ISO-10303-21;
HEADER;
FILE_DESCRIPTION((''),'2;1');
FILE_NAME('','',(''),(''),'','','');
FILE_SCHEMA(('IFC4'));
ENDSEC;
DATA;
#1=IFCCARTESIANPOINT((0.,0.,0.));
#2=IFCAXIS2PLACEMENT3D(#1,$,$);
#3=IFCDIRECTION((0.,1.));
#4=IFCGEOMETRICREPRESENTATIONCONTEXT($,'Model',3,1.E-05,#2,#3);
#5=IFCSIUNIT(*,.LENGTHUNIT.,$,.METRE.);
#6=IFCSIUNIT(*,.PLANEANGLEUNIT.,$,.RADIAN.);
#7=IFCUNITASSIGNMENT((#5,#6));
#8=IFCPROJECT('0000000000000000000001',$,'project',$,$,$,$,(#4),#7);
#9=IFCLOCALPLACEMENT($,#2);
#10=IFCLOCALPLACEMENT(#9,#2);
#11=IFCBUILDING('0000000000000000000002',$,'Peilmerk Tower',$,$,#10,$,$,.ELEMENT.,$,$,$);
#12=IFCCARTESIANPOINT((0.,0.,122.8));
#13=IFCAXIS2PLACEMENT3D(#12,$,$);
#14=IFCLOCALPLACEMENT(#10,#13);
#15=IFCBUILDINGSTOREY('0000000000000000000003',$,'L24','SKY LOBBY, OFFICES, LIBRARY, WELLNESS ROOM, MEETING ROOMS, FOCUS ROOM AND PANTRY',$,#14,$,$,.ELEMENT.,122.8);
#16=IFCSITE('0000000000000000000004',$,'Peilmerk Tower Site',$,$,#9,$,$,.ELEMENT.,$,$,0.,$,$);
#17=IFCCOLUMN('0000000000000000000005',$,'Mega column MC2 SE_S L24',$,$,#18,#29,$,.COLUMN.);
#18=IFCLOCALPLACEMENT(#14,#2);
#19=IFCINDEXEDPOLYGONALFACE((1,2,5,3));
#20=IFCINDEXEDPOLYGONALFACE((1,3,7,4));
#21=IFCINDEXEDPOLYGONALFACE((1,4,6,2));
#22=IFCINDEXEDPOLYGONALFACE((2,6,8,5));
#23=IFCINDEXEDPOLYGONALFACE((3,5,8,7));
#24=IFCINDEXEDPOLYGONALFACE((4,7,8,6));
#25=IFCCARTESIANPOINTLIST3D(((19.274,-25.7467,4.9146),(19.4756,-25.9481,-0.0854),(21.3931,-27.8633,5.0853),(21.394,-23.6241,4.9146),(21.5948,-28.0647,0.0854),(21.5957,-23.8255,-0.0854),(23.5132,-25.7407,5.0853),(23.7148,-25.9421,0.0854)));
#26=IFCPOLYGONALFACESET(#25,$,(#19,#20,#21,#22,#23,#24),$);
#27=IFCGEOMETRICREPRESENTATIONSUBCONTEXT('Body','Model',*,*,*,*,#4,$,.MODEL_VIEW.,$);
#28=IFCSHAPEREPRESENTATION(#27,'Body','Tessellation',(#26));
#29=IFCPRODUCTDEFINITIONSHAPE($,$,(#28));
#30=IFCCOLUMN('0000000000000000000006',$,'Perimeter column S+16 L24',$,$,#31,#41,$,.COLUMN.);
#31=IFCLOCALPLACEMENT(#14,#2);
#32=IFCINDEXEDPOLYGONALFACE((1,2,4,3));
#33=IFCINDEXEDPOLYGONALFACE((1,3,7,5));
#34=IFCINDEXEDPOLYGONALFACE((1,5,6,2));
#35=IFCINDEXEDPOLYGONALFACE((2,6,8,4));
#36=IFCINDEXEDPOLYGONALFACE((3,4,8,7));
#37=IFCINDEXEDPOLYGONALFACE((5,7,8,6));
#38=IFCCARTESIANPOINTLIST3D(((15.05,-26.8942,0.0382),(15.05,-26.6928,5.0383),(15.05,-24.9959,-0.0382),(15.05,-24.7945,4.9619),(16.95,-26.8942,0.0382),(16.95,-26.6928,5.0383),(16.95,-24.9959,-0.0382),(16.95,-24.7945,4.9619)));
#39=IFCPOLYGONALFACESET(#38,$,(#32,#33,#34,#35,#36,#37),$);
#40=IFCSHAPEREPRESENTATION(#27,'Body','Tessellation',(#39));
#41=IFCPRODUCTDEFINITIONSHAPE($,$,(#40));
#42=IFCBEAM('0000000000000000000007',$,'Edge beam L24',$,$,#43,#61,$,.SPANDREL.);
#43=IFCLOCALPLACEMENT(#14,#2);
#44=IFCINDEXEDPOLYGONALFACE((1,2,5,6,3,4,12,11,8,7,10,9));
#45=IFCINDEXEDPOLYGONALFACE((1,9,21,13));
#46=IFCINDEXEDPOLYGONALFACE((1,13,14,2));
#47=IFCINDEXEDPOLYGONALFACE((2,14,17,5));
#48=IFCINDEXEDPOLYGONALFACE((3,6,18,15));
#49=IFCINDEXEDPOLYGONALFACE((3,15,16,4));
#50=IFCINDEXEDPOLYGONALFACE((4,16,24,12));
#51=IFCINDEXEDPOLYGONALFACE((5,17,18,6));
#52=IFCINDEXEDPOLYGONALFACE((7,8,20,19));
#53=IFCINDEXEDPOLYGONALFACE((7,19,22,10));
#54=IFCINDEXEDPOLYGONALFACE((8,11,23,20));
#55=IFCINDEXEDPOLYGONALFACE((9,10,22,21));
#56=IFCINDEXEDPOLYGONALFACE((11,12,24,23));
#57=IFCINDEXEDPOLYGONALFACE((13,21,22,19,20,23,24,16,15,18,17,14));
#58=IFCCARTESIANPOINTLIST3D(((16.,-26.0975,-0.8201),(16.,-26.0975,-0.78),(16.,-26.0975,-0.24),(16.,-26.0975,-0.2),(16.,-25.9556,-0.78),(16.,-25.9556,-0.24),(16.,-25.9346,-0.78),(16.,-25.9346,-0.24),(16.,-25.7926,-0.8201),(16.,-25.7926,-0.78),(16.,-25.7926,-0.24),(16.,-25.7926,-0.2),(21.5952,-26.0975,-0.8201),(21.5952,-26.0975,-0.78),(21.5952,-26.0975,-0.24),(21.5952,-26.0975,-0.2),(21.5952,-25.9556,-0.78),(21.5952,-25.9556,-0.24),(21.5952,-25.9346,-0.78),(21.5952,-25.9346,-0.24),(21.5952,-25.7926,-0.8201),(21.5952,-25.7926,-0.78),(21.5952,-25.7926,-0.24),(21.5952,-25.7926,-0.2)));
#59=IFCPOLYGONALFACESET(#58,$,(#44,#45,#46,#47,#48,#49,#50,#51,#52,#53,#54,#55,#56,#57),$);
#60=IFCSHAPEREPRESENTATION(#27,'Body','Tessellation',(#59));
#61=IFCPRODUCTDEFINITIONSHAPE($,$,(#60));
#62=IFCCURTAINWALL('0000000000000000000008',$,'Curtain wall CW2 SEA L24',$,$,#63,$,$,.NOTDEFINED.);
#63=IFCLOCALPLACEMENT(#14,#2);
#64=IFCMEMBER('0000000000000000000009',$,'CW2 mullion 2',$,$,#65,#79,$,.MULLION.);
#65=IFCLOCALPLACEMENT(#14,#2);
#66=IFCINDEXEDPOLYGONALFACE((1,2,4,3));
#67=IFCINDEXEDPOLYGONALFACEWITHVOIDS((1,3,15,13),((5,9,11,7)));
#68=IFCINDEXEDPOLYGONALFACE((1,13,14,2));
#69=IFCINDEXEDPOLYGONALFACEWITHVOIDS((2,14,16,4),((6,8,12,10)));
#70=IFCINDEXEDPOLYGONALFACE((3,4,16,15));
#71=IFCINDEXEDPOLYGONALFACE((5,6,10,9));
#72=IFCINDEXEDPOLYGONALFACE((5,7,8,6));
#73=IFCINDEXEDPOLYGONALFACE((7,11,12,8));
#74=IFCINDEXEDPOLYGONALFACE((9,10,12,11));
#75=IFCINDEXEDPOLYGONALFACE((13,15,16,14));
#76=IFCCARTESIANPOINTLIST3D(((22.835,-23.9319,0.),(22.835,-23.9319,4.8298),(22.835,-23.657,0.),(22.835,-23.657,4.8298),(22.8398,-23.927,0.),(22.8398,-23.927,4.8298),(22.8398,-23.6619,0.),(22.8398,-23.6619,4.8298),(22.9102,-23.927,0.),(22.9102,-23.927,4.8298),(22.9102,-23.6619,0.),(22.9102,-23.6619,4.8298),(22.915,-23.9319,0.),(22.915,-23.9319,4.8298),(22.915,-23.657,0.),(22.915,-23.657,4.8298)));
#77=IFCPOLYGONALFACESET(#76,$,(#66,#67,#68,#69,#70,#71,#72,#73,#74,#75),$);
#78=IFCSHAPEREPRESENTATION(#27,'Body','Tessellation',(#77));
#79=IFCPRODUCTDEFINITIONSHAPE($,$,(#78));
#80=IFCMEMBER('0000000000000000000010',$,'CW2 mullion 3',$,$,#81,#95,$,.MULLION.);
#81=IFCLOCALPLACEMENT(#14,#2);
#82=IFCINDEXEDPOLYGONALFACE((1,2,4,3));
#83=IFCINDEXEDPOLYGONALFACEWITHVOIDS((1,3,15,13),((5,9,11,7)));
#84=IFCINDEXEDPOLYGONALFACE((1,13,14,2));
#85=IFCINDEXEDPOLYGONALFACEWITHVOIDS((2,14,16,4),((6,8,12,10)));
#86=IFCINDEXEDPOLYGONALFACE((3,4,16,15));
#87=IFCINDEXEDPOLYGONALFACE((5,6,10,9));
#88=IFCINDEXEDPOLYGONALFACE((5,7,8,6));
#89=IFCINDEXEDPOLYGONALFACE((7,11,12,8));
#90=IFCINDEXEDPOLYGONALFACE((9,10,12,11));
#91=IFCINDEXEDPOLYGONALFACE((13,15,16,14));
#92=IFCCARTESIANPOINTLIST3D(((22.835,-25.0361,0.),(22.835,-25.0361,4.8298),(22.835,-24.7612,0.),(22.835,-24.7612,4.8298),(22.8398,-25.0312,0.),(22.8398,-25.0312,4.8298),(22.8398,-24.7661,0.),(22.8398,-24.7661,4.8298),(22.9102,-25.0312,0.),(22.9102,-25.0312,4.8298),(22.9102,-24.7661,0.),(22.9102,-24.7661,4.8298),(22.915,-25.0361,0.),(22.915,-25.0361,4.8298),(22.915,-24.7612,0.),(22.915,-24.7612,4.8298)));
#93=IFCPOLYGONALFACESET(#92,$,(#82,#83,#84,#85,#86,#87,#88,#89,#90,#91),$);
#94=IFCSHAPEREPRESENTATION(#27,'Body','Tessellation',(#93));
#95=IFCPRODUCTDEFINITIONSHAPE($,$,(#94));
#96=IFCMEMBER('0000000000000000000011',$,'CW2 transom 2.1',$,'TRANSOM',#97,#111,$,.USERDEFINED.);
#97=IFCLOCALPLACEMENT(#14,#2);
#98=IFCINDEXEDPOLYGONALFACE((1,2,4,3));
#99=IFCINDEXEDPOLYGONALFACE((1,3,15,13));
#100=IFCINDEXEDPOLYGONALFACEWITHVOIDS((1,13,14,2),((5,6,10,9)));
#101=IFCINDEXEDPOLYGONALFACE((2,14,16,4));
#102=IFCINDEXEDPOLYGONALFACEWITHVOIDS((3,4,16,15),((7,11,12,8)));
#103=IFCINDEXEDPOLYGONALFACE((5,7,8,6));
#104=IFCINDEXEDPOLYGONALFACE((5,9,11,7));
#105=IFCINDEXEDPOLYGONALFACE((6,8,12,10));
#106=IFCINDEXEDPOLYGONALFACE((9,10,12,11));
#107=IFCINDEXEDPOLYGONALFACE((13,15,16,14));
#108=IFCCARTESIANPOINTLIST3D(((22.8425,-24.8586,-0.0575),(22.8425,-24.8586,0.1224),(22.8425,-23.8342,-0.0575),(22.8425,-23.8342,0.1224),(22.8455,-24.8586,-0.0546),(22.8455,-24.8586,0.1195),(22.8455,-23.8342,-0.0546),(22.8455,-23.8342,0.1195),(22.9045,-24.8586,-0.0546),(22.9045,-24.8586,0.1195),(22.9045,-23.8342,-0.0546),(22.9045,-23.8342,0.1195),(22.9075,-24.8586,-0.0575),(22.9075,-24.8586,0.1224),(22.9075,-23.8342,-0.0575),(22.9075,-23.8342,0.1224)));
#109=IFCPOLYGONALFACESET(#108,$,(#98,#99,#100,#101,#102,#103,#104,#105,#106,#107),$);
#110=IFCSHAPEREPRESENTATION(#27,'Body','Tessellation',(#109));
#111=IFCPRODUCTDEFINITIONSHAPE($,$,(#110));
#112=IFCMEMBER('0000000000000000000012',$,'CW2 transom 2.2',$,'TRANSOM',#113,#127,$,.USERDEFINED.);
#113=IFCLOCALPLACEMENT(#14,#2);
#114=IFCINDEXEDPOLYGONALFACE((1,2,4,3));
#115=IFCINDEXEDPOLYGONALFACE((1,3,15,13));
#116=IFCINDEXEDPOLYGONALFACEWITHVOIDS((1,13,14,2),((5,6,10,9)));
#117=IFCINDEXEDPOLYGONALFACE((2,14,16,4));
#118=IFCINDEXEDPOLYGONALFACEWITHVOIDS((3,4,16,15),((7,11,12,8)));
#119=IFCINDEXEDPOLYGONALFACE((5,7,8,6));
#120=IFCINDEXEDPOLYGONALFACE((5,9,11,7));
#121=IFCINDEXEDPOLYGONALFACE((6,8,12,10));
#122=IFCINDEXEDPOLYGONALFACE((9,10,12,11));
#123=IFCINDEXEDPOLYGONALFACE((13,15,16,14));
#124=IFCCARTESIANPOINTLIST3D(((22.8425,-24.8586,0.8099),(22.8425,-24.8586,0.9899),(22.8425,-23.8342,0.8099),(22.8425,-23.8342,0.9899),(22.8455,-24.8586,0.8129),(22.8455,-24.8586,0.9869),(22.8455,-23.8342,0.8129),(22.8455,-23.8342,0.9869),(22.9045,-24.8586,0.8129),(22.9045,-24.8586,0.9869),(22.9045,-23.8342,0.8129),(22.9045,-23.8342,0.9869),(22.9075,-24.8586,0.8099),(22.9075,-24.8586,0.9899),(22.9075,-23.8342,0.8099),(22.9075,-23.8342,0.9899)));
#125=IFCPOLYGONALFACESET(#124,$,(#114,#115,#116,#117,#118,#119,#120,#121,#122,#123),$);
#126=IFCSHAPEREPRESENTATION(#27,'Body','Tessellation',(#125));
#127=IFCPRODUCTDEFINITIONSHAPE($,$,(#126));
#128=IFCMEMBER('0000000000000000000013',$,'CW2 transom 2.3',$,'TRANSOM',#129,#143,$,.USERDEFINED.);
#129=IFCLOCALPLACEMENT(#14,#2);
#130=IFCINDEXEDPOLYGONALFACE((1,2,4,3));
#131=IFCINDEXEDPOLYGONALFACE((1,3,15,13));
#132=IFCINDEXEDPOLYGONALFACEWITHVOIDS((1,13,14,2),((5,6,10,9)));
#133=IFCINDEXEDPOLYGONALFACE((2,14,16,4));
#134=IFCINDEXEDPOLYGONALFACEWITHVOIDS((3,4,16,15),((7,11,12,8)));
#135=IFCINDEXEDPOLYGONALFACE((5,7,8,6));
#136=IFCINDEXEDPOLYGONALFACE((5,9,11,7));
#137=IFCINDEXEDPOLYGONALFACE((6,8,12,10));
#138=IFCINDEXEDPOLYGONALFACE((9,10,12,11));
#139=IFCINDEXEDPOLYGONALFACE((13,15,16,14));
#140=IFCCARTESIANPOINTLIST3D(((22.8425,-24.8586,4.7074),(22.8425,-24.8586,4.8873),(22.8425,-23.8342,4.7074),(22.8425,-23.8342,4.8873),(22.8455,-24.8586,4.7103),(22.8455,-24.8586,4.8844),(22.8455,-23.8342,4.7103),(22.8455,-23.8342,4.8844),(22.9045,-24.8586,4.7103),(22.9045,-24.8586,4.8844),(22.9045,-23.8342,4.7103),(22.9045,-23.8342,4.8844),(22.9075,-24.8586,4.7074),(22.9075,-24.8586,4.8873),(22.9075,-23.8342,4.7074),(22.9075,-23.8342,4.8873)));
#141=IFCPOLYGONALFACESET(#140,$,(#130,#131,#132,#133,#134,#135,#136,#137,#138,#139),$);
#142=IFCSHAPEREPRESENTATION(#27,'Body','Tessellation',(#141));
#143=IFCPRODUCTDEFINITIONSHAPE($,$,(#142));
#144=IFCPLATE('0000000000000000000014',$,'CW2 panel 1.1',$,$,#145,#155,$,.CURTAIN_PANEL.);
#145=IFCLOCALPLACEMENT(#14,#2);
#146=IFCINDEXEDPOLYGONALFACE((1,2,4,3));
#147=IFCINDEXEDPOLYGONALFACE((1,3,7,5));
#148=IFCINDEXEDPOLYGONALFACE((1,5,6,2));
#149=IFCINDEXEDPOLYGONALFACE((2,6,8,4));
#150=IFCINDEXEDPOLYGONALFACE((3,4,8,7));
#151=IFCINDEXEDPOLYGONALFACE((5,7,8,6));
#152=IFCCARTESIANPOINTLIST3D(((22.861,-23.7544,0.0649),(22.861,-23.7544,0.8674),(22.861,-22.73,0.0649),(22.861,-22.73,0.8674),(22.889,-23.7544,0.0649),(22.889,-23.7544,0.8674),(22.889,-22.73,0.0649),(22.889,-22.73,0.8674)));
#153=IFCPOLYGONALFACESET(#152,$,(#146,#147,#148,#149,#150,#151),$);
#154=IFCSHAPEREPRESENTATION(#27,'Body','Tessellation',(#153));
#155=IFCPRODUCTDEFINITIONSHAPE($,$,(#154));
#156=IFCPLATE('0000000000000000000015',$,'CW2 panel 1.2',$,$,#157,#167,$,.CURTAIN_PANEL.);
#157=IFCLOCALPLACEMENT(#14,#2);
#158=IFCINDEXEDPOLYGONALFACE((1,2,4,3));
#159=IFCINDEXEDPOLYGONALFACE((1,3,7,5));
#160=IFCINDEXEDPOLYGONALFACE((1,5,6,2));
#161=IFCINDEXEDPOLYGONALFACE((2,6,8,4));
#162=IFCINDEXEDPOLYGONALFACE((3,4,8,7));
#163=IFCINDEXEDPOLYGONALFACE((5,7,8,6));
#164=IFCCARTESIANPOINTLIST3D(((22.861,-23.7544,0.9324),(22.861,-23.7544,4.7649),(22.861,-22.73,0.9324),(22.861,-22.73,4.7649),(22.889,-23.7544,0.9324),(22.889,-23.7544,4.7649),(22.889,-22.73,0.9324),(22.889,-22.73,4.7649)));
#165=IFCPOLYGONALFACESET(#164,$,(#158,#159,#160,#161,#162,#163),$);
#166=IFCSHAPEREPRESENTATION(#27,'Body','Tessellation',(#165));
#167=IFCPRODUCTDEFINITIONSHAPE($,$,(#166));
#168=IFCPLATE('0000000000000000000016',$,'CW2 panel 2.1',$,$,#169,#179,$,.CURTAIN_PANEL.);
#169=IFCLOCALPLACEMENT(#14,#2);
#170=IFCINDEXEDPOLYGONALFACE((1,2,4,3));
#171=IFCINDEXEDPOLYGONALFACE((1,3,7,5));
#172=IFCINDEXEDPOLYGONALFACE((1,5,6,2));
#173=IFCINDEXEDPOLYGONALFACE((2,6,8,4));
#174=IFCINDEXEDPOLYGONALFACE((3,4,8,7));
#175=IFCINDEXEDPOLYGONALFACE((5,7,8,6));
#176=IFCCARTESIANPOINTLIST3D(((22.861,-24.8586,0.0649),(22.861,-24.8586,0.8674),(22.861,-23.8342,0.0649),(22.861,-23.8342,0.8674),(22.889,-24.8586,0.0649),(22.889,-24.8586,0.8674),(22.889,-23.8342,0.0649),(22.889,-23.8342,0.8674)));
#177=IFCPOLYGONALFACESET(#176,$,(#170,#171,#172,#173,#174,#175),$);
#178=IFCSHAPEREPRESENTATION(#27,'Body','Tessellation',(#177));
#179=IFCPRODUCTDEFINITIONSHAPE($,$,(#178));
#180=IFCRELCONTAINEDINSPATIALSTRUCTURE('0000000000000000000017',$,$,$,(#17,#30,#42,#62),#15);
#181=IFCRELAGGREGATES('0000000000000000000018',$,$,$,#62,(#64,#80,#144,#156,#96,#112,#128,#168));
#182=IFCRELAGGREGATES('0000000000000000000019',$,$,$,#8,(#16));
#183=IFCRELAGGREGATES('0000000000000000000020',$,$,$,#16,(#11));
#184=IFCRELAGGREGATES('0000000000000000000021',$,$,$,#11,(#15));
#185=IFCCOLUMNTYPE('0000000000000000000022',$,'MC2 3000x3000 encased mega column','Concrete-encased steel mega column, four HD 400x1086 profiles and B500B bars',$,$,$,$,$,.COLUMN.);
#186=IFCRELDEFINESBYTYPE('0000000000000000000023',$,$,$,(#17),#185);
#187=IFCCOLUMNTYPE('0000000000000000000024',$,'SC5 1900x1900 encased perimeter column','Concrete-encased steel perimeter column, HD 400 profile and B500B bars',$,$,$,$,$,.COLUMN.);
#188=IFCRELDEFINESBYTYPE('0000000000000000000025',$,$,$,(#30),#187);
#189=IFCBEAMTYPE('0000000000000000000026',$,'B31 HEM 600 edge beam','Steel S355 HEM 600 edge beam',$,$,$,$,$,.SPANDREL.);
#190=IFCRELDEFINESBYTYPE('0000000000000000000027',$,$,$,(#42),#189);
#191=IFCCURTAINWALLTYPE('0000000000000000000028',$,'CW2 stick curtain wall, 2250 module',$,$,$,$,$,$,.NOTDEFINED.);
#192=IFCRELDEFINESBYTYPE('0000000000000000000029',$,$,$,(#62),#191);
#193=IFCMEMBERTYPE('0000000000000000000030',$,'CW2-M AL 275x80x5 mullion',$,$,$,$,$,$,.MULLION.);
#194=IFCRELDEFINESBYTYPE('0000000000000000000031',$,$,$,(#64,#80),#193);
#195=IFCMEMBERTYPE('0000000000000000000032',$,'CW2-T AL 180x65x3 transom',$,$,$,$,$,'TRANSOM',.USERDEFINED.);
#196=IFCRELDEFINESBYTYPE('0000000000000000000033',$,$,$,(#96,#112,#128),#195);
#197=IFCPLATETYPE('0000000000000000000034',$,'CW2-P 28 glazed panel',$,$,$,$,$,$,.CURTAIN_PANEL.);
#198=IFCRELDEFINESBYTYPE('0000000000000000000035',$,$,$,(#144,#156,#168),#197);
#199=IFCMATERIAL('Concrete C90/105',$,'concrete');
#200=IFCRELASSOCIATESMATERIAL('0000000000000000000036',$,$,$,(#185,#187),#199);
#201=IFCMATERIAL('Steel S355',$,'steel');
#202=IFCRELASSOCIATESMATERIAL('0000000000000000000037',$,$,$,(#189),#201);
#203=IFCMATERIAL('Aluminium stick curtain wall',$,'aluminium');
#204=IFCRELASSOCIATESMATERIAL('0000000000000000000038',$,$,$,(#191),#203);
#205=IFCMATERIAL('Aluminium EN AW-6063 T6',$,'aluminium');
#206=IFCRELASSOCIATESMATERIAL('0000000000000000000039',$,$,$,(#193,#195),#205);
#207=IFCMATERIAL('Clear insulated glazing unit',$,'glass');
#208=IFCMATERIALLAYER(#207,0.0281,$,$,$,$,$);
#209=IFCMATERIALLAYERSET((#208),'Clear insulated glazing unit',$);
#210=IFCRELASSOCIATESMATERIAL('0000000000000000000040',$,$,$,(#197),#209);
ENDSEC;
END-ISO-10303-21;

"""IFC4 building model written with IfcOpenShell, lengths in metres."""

from ifc_helpers import new_model, si_unit, direction, frame, origin, origin_2d, place, context, subcontext, project, spatial, rectangle, hollow_rectangle, i_section, extrude, material, layer, layer_set, material_profile, profile_set, type_object, element, aggregate, save


model = new_model("IFC4")

# Units and contexts
model_context = context("Model", 3, precision=1e-05, world=origin(), true_north=direction((0.0, 1.0)))
body_context = subcontext(model_context, "Body", "Model", "MODEL_VIEW")
ifc_project = project(units=[si_unit("LENGTHUNIT", "METRE"), si_unit("PLANEANGLEUNIT", "RADIAN")], contexts=[model_context])

# Site, building, storey
site_placement = place(None, origin())
site = spatial("IfcSite", under=ifc_project, at=site_placement, Name="Peilmerk Tower Site", CompositionType="ELEMENT", RefElevation=0.0)
building_placement = place(site_placement, origin())
building = spatial("IfcBuilding", under=site, at=building_placement, Name="Peilmerk Tower", CompositionType="ELEMENT")
storey_placement = place(building_placement, frame((0.0, 0.0, 122.8)))
storey = spatial("IfcBuildingStorey", under=building, at=storey_placement, Name="L24", Description="SKY LOBBY, OFFICES, LIBRARY, WELLNESS ROOM, MEETING ROOMS, FOCUS ROOM AND PANTRY", CompositionType="ELEMENT", Elevation=122.8)

# Columns
ifc_material_1 = material(Name="Concrete C90/105", Category="concrete")
ifc_material_profile_1 = material_profile(ifc_material_1, rectangle(XDim=3.0, YDim=3.0, at=origin_2d()), Name="RC 3000x3000")
ifc_profile_set_1 = profile_set([ifc_material_profile_1], Name="Concrete C90/105")
column_type_1 = type_object("IfcColumnType", Name="MC2 3000x3000 encased mega column", Description="Concrete-encased steel mega column, four HD 400x1086 profiles and B500B bars", PredefinedType="COLUMN", material=ifc_profile_set_1)
column_1_placement = place(storey_placement, frame((21.5952, -25.9451, 0.0), z_axis=(-0.040267, 0.040218, 0.998379), x_axis=(-0.706678, -0.707535, 0.0)))
element("IfcColumn", 1, at=column_1_placement, inside=storey, type_object=column_type_1, Name="Mega column MC2 SE_S L24", PredefinedType="COLUMN", context=body_context, shape_type="SweptSolid", body=[
    extrude(rectangle(XDim=3.0, YDim=3.0, at=origin_2d()), origin(), (0.0, 0.0, 1.0), 5.0081),
])
ifc_material_profile_2 = material_profile(ifc_material_1, rectangle(XDim=1.8999, YDim=1.8999, at=origin_2d()), Name="RC 1900x1900")
ifc_profile_set_2 = profile_set([ifc_material_profile_2], Name="Concrete C90/105")
column_type_2 = type_object("IfcColumnType", Name="SC5 1900x1900 encased perimeter column", Description="Concrete-encased steel perimeter column, HD 400 profile and B500B bars", PredefinedType="COLUMN", material=ifc_profile_set_2)
column_2_placement = place(storey_placement, frame((16.0, -25.9451, 0.0), z_axis=(0.0, 0.040251, 0.99919), x_axis=(-1.0, 0.0, 0.0)))
element("IfcColumn", 2, at=column_2_placement, inside=storey, type_object=column_type_2, Name="Perimeter column S+16 L24", PredefinedType="COLUMN", context=body_context, shape_type="SweptSolid", body=[
    extrude(rectangle(XDim=1.8999, YDim=1.8999, at=origin_2d()), origin(), (0.0, 0.0, 1.0), 5.0042),
])

# Beam
ifc_material_2 = material(Name="Steel S355", Category="steel")
ifc_material_profile_3 = material_profile(ifc_material_2, i_section(OverallWidth=0.3049, OverallDepth=0.6201, WebThickness=0.021, FlangeThickness=0.04, at=origin_2d()), Name="HEM 600")
ifc_profile_set_3 = profile_set([ifc_material_profile_3], Name="Steel S355")
beam_type = type_object("IfcBeamType", Name="B31 HEM 600 edge beam", Description="Steel S355 HEM 600 edge beam", PredefinedType="SPANDREL", material=ifc_profile_set_3)
beam_placement = place(storey_placement, frame((16.0, -25.9451, -0.51), z_axis=(1.0, 0.0, 0.0), x_axis=(0.0, 1.0, 0.0)))
element("IfcBeam", 3, at=beam_placement, inside=storey, type_object=beam_type, Name="Edge beam L24", PredefinedType="SPANDREL", context=body_context, shape_type="SweptSolid", body=[
    extrude(i_section(OverallWidth=0.3049, OverallDepth=0.6201, WebThickness=0.021, FlangeThickness=0.04, at=origin_2d()), origin(), (0.0, 0.0, 1.0), 5.5952),
])

# Curtain wall, members, plates
ifc_material_3 = material(Name="Aluminium stick curtain wall", Category="aluminium")
curtain_wall_type = type_object("IfcCurtainWallType", Name="CW2 stick curtain wall, 2250 module", PredefinedType="NOTDEFINED", material=ifc_material_3)
curtain_wall_placement = place(storey_placement, origin())
curtain_wall = element("IfcCurtainWall", 4, at=curtain_wall_placement, inside=storey, type_object=curtain_wall_type, Name="Curtain wall CW2 SEA L24", PredefinedType="NOTDEFINED")
ifc_material_4 = material(Name="Aluminium EN AW-6063 T6", Category="aluminium")
ifc_material_profile_4 = material_profile(ifc_material_4, hollow_rectangle(XDim=0.0801, YDim=0.2749, WallThickness=0.0049, at=origin_2d()), Name="AL 275x80x5")
ifc_profile_set_4 = profile_set([ifc_material_profile_4], Name="Aluminium EN AW-6063 T6")
member_type_1 = type_object("IfcMemberType", Name="CW2-M AL 275x80x5 mullion", PredefinedType="MULLION", material=ifc_profile_set_4)
member_1_placement = place(storey_placement, frame((22.875, -23.7944, 0.0), z_axis=(0.0, 0.0, 1.0), x_axis=(1.0, 0.0, 0.0)))
member_1 = element("IfcMember", 5, at=member_1_placement, type_object=member_type_1, Name="CW2 mullion 2", PredefinedType="MULLION", context=body_context, shape_type="SweptSolid", body=[
    extrude(hollow_rectangle(XDim=0.0801, YDim=0.2749, WallThickness=0.0049, at=origin_2d()), origin(), (0.0, 0.0, 1.0), 4.8298),
])
member_2_placement = place(storey_placement, frame((22.875, -24.8987, 0.0), z_axis=(0.0, 0.0, 1.0), x_axis=(1.0, 0.0, 0.0)))
member_2 = element("IfcMember", 6, at=member_2_placement, type_object=member_type_1, Name="CW2 mullion 3", PredefinedType="MULLION", context=body_context, shape_type="SweptSolid", body=[
    extrude(hollow_rectangle(XDim=0.0801, YDim=0.2749, WallThickness=0.0049, at=origin_2d()), origin(), (0.0, 0.0, 1.0), 4.8298),
])
ifc_material_profile_5 = material_profile(ifc_material_4, hollow_rectangle(XDim=0.0649, YDim=0.1799, WallThickness=0.0029, at=origin_2d()), Name="AL 180x65x3")
ifc_profile_set_5 = profile_set([ifc_material_profile_5], Name="Aluminium EN AW-6063 T6")
member_type_2 = type_object("IfcMemberType", Name="CW2-T AL 180x65x3 transom", ElementType="TRANSOM", PredefinedType="USERDEFINED", material=ifc_profile_set_5)
member_3_placement = place(storey_placement, frame((22.875, -23.8342, 0.0325), z_axis=(0.0, -1.0, 0.0), x_axis=(1.0, 0.0, 0.0)))
member_3 = element("IfcMember", 7, at=member_3_placement, type_object=member_type_2, Name="CW2 transom 2.1", ObjectType="TRANSOM", PredefinedType="USERDEFINED", context=body_context, shape_type="SweptSolid", body=[
    extrude(hollow_rectangle(XDim=0.0649, YDim=0.1799, WallThickness=0.0029, at=origin_2d()), origin(), (0.0, 0.0, 1.0), 1.0244),
])
member_4_placement = place(storey_placement, frame((22.875, -23.8342, 0.8999), z_axis=(0.0, -1.0, 0.0), x_axis=(1.0, 0.0, 0.0)))
member_4 = element("IfcMember", 8, at=member_4_placement, type_object=member_type_2, Name="CW2 transom 2.2", ObjectType="TRANSOM", PredefinedType="USERDEFINED", context=body_context, shape_type="SweptSolid", body=[
    extrude(hollow_rectangle(XDim=0.0649, YDim=0.1799, WallThickness=0.0029, at=origin_2d()), origin(), (0.0, 0.0, 1.0), 1.0244),
])
member_5_placement = place(storey_placement, frame((22.875, -23.8342, 4.7974), z_axis=(0.0, -1.0, 0.0), x_axis=(1.0, 0.0, 0.0)))
member_5 = element("IfcMember", 9, at=member_5_placement, type_object=member_type_2, Name="CW2 transom 2.3", ObjectType="TRANSOM", PredefinedType="USERDEFINED", context=body_context, shape_type="SweptSolid", body=[
    extrude(hollow_rectangle(XDim=0.0649, YDim=0.1799, WallThickness=0.0029, at=origin_2d()), origin(), (0.0, 0.0, 1.0), 1.0244),
])
ifc_material_5 = material(Name="Clear insulated glazing unit", Category="glass")
ifc_layer_1 = layer(ifc_material_5, 0.0281)
ifc_layer_set_1 = layer_set([ifc_layer_1], Name="Clear insulated glazing unit")
plate_type = type_object("IfcPlateType", Name="CW2-P 28 glazed panel", PredefinedType="CURTAIN_PANEL", material=ifc_layer_set_1)
plate_1_placement = place(storey_placement, frame((22.875, -23.2422, 0.0649), z_axis=(0.0, 0.0, 1.0), x_axis=(0.0, -1.0, 0.0)))
plate_1 = element("IfcPlate", 10, at=plate_1_placement, type_object=plate_type, Name="CW2 panel 1.1", PredefinedType="CURTAIN_PANEL", context=body_context, shape_type="SweptSolid", body=[
    extrude(rectangle(XDim=1.0244, YDim=0.0281, at=origin_2d()), origin(), (0.0, 0.0, 1.0), 0.8025),
])
plate_2_placement = place(storey_placement, frame((22.875, -23.2422, 0.9324), z_axis=(0.0, 0.0, 1.0), x_axis=(0.0, -1.0, 0.0)))
plate_2 = element("IfcPlate", 11, at=plate_2_placement, type_object=plate_type, Name="CW2 panel 1.2", PredefinedType="CURTAIN_PANEL", context=body_context, shape_type="SweptSolid", body=[
    extrude(rectangle(XDim=1.0244, YDim=0.0281, at=origin_2d()), origin(), (0.0, 0.0, 1.0), 3.8325),
])
plate_3_placement = place(storey_placement, frame((22.875, -24.3464, 0.0649), z_axis=(0.0, 0.0, 1.0), x_axis=(0.0, -1.0, 0.0)))
plate_3 = element("IfcPlate", 12, at=plate_3_placement, type_object=plate_type, Name="CW2 panel 2.1", PredefinedType="CURTAIN_PANEL", context=body_context, shape_type="SweptSolid", body=[
    extrude(rectangle(XDim=1.0244, YDim=0.0281, at=origin_2d()), origin(), (0.0, 0.0, 1.0), 0.8025),
])
aggregate(curtain_wall, [member_1, member_2, plate_1, plate_2, member_3, member_4, member_5, plate_3])

save(model, "model.ifc")
